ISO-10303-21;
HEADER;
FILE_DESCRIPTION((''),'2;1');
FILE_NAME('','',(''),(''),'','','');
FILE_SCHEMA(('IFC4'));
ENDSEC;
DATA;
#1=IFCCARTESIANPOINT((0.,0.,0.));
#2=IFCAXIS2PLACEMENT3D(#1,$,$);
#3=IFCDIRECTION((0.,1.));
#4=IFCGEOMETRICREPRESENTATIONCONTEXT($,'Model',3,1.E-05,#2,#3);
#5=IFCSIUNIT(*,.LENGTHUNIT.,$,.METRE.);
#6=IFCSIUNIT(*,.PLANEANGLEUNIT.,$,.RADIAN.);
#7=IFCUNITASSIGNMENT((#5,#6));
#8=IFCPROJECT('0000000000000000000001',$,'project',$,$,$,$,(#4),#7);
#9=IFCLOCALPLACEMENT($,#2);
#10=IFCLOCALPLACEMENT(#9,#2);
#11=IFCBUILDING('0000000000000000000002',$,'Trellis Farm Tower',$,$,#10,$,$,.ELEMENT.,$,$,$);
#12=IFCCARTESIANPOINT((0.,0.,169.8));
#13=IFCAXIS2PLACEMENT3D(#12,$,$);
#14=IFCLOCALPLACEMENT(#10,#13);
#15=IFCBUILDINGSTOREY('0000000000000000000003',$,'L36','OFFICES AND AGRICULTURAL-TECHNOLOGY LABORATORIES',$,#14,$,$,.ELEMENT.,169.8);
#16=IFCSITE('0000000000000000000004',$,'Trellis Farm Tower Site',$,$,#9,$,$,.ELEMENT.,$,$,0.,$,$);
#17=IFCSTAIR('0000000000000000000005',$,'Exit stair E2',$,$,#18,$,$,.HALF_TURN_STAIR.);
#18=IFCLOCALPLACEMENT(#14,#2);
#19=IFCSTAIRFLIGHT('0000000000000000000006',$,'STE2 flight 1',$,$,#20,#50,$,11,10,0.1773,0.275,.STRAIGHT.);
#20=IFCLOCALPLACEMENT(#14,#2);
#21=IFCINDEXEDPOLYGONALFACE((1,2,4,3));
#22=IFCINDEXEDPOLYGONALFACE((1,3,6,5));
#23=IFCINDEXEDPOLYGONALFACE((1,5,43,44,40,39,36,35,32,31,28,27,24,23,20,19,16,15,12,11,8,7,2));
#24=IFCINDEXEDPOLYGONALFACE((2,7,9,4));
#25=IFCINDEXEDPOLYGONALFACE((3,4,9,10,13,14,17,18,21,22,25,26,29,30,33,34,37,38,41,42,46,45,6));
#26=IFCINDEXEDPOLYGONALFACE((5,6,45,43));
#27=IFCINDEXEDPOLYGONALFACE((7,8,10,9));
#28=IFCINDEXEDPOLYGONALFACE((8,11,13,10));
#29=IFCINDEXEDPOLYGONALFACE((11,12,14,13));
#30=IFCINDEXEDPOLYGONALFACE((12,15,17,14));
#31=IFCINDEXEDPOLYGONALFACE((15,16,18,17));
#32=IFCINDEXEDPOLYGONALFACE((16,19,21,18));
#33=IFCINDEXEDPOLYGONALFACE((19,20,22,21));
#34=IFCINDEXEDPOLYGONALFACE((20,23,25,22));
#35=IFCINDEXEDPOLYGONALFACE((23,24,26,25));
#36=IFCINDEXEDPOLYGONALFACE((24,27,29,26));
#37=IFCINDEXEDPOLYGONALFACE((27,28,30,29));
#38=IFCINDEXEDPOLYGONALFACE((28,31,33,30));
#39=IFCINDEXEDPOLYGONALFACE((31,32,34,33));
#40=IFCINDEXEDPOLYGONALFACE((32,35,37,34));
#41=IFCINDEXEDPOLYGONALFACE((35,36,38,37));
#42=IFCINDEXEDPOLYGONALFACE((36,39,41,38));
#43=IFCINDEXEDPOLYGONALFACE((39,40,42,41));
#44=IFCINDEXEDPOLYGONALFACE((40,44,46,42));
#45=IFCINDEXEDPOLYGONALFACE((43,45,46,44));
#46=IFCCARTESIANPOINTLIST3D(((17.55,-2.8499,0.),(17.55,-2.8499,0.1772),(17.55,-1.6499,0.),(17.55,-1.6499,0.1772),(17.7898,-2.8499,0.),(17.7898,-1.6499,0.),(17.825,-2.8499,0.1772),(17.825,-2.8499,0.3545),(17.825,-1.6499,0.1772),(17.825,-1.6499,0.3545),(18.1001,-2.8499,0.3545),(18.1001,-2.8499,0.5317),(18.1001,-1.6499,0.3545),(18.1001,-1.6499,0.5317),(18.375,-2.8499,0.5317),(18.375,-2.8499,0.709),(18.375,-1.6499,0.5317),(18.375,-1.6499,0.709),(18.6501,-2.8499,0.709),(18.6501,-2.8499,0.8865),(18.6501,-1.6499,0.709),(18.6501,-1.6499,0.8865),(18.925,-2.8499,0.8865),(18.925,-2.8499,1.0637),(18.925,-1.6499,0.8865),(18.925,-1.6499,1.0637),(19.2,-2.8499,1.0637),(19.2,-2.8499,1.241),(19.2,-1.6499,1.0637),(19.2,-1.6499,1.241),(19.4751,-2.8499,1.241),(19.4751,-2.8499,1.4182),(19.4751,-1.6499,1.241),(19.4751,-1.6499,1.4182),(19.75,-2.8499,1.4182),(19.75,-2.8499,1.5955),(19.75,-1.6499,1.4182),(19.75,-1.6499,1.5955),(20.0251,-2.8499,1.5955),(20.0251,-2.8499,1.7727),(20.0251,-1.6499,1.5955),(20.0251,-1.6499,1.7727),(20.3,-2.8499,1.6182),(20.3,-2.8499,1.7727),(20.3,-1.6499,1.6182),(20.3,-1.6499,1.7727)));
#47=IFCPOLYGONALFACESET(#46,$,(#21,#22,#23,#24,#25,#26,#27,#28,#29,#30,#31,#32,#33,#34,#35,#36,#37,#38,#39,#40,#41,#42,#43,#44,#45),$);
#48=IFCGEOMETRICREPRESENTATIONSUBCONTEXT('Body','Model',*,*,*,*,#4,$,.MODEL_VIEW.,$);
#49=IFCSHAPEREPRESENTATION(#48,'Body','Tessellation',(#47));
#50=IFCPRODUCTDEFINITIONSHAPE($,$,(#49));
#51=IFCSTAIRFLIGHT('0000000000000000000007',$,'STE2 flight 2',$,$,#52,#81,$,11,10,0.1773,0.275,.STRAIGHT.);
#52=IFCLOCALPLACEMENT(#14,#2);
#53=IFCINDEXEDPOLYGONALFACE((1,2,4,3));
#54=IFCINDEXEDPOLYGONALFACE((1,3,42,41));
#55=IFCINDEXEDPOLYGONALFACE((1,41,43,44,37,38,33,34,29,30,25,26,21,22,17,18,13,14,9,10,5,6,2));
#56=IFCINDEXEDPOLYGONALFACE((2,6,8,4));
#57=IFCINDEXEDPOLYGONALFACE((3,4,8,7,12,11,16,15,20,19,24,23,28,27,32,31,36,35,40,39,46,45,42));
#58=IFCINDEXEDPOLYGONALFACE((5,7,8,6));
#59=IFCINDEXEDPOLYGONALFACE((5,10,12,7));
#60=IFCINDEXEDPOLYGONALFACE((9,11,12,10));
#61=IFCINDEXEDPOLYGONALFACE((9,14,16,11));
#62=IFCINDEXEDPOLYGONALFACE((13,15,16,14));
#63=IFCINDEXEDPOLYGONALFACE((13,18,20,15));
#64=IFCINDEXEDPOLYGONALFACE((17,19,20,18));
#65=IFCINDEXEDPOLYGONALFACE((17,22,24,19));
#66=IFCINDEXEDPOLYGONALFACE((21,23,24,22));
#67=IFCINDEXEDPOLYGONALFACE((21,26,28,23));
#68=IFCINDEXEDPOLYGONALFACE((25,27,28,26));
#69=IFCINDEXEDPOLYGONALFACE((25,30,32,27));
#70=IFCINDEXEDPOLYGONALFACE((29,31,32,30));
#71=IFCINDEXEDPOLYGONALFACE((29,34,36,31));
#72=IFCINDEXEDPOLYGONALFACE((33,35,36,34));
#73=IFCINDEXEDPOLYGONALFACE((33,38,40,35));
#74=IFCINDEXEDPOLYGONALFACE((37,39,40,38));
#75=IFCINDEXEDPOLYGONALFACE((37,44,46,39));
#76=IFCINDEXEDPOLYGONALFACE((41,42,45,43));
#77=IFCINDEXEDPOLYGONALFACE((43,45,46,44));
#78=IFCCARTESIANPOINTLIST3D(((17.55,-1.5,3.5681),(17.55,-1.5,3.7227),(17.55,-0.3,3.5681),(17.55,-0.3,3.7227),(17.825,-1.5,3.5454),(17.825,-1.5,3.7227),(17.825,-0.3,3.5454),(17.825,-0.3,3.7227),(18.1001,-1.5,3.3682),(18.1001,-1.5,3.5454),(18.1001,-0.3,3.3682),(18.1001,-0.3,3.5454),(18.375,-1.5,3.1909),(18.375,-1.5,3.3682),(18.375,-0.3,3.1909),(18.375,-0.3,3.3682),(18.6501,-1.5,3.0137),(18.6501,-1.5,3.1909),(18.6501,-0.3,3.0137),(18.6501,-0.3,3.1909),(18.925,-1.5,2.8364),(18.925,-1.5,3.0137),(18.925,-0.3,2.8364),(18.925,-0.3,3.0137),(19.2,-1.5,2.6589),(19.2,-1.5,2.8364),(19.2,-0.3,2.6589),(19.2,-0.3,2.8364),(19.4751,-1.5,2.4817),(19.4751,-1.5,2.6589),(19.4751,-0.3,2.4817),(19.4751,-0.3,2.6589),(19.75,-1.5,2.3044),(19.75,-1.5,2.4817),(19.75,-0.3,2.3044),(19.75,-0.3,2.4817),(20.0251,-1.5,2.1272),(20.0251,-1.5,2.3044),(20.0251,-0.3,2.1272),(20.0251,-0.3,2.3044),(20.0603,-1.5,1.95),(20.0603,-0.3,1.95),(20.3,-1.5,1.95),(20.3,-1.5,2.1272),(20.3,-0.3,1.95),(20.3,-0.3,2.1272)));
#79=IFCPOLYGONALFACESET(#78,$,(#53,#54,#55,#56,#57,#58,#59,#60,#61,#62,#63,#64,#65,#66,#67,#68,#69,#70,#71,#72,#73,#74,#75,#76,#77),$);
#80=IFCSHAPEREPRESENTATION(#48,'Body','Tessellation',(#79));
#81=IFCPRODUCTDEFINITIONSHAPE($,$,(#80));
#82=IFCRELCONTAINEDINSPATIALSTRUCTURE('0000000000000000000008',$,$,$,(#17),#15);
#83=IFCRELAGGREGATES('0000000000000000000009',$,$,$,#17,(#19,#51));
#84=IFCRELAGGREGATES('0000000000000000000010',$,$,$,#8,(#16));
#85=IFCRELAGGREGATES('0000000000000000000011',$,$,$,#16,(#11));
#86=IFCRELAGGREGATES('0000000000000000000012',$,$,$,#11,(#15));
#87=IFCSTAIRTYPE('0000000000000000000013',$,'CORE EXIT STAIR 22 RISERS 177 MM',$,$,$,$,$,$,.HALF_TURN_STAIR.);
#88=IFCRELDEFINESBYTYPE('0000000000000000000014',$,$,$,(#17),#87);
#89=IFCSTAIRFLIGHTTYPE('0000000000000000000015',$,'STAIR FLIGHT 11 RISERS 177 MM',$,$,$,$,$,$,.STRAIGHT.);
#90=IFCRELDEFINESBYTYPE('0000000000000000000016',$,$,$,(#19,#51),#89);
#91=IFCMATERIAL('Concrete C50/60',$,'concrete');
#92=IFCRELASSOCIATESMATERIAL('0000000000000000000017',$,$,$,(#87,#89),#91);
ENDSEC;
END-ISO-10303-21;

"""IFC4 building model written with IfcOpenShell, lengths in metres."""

from ifc_helpers import new_model, si_unit, direction, frame, origin, place, context, subcontext, project, spatial, polyline, outline, extrude, source, transform, mapped, material, type_object, element, aggregate, save


model = new_model("IFC4")

# Units and contexts
model_context = context("Model", 3, precision=1e-05, world=origin(), true_north=direction((0.0, 1.0)))
body_context = subcontext(model_context, "Body", "Model", "MODEL_VIEW")
ifc_project = project(units=[si_unit("LENGTHUNIT", "METRE"), si_unit("PLANEANGLEUNIT", "RADIAN")], contexts=[model_context])

# Site, building, storey
site_placement = place(None, origin())
site = spatial("IfcSite", under=ifc_project, at=site_placement, Name="Trellis Farm Tower Site", CompositionType="ELEMENT", RefElevation=0.0)
building_placement = place(site_placement, origin())
building = spatial("IfcBuilding", under=site, at=building_placement, Name="Trellis Farm Tower", CompositionType="ELEMENT")
storey_placement = place(building_placement, frame((0.0, 0.0, 169.8)))
storey = spatial("IfcBuildingStorey", under=building, at=storey_placement, Name="L36", Description="OFFICES AND AGRICULTURAL-TECHNOLOGY LABORATORIES", CompositionType="ELEMENT", Elevation=169.8)

# Shared definitions
placement = place(storey_placement, origin())

# Stair, stair flights
ifc_material_1 = material(Name="Concrete C50/60", Category="concrete")
stair_type = type_object("IfcStairType", Name="CORE EXIT STAIR 22 RISERS 177 MM", PredefinedType="HALF_TURN_STAIR", material=ifc_material_1)
stair_flight_type = type_object("IfcStairFlightType", Name="STAIR FLIGHT 11 RISERS 177 MM", PredefinedType="STRAIGHT", material=ifc_material_1)
shared_shape_1 = source(origin(), body_context, "Body", "SweptSolid", [
    extrude(outline(polyline([(0.0, 0.0), (0.0, 0.1772), (0.2749, 0.1772), (0.2749, 0.3545), (0.55, 0.3545), (0.55, 0.5317), (0.825, 0.5317), (0.825, 0.709), (1.1001, 0.709), (1.1001, 0.8865), (1.375, 0.8865), (1.375, 1.0637), (1.6499, 1.0637), (1.6499, 1.241), (1.925, 1.241), (1.925, 1.4182), (2.2, 1.4182), (2.2, 1.5955), (2.4751, 1.5955), (2.4751, 1.7727), (2.75, 1.7727), (2.75, 1.95), (2.75, 1.6182), (0.2397, 0.0), (0.0, 0.0)])), frame((0.0, 0.6001, 0.0), z_axis=(0.0, -1.0, 0.0), x_axis=(1.0, 0.0, 0.0)), (0.0, 0.0, 1.0), 1.2),
])
stair_1 = element("IfcStair", 1, at=placement, inside=storey, type_object=stair_type, Name="Exit stair E2", PredefinedType="HALF_TURN_STAIR")
stair_flight_1_placement = place(storey_placement, frame((17.55, -2.25, 0.0), z_axis=(0.0, 0.0, 1.0), x_axis=(1.0, 0.0, 0.0)))
stair_flight_1 = element("IfcStairFlight", 2, at=stair_flight_1_placement, type_object=stair_flight_type, Name="STE2 flight 1", NumberOfRisers=11, NumberOfTreads=10, PredefinedType="STRAIGHT", RiserHeight=0.1773, TreadLength=0.275, context=body_context, shape_type="MappedRepresentation", body=[
    mapped(shared_shape_1, transform((0.0, 0.0, 0.0))),
])
stair_flight_2_placement = place(storey_placement, frame((20.3, -0.8999, 1.95), z_axis=(0.0, 0.0, 1.0), x_axis=(-1.0, 0.0, 0.0)))
stair_flight_2 = element("IfcStairFlight", 3, at=stair_flight_2_placement, type_object=stair_flight_type, Name="STE2 flight 2", NumberOfRisers=11, NumberOfTreads=10, PredefinedType="STRAIGHT", RiserHeight=0.1773, TreadLength=0.275, context=body_context, shape_type="MappedRepresentation", body=[
    mapped(shared_shape_1, transform((0.0, 0.0, 0.0))),
])
aggregate(stair_1, [stair_flight_1, stair_flight_2])

save(model, "model.ifc")
